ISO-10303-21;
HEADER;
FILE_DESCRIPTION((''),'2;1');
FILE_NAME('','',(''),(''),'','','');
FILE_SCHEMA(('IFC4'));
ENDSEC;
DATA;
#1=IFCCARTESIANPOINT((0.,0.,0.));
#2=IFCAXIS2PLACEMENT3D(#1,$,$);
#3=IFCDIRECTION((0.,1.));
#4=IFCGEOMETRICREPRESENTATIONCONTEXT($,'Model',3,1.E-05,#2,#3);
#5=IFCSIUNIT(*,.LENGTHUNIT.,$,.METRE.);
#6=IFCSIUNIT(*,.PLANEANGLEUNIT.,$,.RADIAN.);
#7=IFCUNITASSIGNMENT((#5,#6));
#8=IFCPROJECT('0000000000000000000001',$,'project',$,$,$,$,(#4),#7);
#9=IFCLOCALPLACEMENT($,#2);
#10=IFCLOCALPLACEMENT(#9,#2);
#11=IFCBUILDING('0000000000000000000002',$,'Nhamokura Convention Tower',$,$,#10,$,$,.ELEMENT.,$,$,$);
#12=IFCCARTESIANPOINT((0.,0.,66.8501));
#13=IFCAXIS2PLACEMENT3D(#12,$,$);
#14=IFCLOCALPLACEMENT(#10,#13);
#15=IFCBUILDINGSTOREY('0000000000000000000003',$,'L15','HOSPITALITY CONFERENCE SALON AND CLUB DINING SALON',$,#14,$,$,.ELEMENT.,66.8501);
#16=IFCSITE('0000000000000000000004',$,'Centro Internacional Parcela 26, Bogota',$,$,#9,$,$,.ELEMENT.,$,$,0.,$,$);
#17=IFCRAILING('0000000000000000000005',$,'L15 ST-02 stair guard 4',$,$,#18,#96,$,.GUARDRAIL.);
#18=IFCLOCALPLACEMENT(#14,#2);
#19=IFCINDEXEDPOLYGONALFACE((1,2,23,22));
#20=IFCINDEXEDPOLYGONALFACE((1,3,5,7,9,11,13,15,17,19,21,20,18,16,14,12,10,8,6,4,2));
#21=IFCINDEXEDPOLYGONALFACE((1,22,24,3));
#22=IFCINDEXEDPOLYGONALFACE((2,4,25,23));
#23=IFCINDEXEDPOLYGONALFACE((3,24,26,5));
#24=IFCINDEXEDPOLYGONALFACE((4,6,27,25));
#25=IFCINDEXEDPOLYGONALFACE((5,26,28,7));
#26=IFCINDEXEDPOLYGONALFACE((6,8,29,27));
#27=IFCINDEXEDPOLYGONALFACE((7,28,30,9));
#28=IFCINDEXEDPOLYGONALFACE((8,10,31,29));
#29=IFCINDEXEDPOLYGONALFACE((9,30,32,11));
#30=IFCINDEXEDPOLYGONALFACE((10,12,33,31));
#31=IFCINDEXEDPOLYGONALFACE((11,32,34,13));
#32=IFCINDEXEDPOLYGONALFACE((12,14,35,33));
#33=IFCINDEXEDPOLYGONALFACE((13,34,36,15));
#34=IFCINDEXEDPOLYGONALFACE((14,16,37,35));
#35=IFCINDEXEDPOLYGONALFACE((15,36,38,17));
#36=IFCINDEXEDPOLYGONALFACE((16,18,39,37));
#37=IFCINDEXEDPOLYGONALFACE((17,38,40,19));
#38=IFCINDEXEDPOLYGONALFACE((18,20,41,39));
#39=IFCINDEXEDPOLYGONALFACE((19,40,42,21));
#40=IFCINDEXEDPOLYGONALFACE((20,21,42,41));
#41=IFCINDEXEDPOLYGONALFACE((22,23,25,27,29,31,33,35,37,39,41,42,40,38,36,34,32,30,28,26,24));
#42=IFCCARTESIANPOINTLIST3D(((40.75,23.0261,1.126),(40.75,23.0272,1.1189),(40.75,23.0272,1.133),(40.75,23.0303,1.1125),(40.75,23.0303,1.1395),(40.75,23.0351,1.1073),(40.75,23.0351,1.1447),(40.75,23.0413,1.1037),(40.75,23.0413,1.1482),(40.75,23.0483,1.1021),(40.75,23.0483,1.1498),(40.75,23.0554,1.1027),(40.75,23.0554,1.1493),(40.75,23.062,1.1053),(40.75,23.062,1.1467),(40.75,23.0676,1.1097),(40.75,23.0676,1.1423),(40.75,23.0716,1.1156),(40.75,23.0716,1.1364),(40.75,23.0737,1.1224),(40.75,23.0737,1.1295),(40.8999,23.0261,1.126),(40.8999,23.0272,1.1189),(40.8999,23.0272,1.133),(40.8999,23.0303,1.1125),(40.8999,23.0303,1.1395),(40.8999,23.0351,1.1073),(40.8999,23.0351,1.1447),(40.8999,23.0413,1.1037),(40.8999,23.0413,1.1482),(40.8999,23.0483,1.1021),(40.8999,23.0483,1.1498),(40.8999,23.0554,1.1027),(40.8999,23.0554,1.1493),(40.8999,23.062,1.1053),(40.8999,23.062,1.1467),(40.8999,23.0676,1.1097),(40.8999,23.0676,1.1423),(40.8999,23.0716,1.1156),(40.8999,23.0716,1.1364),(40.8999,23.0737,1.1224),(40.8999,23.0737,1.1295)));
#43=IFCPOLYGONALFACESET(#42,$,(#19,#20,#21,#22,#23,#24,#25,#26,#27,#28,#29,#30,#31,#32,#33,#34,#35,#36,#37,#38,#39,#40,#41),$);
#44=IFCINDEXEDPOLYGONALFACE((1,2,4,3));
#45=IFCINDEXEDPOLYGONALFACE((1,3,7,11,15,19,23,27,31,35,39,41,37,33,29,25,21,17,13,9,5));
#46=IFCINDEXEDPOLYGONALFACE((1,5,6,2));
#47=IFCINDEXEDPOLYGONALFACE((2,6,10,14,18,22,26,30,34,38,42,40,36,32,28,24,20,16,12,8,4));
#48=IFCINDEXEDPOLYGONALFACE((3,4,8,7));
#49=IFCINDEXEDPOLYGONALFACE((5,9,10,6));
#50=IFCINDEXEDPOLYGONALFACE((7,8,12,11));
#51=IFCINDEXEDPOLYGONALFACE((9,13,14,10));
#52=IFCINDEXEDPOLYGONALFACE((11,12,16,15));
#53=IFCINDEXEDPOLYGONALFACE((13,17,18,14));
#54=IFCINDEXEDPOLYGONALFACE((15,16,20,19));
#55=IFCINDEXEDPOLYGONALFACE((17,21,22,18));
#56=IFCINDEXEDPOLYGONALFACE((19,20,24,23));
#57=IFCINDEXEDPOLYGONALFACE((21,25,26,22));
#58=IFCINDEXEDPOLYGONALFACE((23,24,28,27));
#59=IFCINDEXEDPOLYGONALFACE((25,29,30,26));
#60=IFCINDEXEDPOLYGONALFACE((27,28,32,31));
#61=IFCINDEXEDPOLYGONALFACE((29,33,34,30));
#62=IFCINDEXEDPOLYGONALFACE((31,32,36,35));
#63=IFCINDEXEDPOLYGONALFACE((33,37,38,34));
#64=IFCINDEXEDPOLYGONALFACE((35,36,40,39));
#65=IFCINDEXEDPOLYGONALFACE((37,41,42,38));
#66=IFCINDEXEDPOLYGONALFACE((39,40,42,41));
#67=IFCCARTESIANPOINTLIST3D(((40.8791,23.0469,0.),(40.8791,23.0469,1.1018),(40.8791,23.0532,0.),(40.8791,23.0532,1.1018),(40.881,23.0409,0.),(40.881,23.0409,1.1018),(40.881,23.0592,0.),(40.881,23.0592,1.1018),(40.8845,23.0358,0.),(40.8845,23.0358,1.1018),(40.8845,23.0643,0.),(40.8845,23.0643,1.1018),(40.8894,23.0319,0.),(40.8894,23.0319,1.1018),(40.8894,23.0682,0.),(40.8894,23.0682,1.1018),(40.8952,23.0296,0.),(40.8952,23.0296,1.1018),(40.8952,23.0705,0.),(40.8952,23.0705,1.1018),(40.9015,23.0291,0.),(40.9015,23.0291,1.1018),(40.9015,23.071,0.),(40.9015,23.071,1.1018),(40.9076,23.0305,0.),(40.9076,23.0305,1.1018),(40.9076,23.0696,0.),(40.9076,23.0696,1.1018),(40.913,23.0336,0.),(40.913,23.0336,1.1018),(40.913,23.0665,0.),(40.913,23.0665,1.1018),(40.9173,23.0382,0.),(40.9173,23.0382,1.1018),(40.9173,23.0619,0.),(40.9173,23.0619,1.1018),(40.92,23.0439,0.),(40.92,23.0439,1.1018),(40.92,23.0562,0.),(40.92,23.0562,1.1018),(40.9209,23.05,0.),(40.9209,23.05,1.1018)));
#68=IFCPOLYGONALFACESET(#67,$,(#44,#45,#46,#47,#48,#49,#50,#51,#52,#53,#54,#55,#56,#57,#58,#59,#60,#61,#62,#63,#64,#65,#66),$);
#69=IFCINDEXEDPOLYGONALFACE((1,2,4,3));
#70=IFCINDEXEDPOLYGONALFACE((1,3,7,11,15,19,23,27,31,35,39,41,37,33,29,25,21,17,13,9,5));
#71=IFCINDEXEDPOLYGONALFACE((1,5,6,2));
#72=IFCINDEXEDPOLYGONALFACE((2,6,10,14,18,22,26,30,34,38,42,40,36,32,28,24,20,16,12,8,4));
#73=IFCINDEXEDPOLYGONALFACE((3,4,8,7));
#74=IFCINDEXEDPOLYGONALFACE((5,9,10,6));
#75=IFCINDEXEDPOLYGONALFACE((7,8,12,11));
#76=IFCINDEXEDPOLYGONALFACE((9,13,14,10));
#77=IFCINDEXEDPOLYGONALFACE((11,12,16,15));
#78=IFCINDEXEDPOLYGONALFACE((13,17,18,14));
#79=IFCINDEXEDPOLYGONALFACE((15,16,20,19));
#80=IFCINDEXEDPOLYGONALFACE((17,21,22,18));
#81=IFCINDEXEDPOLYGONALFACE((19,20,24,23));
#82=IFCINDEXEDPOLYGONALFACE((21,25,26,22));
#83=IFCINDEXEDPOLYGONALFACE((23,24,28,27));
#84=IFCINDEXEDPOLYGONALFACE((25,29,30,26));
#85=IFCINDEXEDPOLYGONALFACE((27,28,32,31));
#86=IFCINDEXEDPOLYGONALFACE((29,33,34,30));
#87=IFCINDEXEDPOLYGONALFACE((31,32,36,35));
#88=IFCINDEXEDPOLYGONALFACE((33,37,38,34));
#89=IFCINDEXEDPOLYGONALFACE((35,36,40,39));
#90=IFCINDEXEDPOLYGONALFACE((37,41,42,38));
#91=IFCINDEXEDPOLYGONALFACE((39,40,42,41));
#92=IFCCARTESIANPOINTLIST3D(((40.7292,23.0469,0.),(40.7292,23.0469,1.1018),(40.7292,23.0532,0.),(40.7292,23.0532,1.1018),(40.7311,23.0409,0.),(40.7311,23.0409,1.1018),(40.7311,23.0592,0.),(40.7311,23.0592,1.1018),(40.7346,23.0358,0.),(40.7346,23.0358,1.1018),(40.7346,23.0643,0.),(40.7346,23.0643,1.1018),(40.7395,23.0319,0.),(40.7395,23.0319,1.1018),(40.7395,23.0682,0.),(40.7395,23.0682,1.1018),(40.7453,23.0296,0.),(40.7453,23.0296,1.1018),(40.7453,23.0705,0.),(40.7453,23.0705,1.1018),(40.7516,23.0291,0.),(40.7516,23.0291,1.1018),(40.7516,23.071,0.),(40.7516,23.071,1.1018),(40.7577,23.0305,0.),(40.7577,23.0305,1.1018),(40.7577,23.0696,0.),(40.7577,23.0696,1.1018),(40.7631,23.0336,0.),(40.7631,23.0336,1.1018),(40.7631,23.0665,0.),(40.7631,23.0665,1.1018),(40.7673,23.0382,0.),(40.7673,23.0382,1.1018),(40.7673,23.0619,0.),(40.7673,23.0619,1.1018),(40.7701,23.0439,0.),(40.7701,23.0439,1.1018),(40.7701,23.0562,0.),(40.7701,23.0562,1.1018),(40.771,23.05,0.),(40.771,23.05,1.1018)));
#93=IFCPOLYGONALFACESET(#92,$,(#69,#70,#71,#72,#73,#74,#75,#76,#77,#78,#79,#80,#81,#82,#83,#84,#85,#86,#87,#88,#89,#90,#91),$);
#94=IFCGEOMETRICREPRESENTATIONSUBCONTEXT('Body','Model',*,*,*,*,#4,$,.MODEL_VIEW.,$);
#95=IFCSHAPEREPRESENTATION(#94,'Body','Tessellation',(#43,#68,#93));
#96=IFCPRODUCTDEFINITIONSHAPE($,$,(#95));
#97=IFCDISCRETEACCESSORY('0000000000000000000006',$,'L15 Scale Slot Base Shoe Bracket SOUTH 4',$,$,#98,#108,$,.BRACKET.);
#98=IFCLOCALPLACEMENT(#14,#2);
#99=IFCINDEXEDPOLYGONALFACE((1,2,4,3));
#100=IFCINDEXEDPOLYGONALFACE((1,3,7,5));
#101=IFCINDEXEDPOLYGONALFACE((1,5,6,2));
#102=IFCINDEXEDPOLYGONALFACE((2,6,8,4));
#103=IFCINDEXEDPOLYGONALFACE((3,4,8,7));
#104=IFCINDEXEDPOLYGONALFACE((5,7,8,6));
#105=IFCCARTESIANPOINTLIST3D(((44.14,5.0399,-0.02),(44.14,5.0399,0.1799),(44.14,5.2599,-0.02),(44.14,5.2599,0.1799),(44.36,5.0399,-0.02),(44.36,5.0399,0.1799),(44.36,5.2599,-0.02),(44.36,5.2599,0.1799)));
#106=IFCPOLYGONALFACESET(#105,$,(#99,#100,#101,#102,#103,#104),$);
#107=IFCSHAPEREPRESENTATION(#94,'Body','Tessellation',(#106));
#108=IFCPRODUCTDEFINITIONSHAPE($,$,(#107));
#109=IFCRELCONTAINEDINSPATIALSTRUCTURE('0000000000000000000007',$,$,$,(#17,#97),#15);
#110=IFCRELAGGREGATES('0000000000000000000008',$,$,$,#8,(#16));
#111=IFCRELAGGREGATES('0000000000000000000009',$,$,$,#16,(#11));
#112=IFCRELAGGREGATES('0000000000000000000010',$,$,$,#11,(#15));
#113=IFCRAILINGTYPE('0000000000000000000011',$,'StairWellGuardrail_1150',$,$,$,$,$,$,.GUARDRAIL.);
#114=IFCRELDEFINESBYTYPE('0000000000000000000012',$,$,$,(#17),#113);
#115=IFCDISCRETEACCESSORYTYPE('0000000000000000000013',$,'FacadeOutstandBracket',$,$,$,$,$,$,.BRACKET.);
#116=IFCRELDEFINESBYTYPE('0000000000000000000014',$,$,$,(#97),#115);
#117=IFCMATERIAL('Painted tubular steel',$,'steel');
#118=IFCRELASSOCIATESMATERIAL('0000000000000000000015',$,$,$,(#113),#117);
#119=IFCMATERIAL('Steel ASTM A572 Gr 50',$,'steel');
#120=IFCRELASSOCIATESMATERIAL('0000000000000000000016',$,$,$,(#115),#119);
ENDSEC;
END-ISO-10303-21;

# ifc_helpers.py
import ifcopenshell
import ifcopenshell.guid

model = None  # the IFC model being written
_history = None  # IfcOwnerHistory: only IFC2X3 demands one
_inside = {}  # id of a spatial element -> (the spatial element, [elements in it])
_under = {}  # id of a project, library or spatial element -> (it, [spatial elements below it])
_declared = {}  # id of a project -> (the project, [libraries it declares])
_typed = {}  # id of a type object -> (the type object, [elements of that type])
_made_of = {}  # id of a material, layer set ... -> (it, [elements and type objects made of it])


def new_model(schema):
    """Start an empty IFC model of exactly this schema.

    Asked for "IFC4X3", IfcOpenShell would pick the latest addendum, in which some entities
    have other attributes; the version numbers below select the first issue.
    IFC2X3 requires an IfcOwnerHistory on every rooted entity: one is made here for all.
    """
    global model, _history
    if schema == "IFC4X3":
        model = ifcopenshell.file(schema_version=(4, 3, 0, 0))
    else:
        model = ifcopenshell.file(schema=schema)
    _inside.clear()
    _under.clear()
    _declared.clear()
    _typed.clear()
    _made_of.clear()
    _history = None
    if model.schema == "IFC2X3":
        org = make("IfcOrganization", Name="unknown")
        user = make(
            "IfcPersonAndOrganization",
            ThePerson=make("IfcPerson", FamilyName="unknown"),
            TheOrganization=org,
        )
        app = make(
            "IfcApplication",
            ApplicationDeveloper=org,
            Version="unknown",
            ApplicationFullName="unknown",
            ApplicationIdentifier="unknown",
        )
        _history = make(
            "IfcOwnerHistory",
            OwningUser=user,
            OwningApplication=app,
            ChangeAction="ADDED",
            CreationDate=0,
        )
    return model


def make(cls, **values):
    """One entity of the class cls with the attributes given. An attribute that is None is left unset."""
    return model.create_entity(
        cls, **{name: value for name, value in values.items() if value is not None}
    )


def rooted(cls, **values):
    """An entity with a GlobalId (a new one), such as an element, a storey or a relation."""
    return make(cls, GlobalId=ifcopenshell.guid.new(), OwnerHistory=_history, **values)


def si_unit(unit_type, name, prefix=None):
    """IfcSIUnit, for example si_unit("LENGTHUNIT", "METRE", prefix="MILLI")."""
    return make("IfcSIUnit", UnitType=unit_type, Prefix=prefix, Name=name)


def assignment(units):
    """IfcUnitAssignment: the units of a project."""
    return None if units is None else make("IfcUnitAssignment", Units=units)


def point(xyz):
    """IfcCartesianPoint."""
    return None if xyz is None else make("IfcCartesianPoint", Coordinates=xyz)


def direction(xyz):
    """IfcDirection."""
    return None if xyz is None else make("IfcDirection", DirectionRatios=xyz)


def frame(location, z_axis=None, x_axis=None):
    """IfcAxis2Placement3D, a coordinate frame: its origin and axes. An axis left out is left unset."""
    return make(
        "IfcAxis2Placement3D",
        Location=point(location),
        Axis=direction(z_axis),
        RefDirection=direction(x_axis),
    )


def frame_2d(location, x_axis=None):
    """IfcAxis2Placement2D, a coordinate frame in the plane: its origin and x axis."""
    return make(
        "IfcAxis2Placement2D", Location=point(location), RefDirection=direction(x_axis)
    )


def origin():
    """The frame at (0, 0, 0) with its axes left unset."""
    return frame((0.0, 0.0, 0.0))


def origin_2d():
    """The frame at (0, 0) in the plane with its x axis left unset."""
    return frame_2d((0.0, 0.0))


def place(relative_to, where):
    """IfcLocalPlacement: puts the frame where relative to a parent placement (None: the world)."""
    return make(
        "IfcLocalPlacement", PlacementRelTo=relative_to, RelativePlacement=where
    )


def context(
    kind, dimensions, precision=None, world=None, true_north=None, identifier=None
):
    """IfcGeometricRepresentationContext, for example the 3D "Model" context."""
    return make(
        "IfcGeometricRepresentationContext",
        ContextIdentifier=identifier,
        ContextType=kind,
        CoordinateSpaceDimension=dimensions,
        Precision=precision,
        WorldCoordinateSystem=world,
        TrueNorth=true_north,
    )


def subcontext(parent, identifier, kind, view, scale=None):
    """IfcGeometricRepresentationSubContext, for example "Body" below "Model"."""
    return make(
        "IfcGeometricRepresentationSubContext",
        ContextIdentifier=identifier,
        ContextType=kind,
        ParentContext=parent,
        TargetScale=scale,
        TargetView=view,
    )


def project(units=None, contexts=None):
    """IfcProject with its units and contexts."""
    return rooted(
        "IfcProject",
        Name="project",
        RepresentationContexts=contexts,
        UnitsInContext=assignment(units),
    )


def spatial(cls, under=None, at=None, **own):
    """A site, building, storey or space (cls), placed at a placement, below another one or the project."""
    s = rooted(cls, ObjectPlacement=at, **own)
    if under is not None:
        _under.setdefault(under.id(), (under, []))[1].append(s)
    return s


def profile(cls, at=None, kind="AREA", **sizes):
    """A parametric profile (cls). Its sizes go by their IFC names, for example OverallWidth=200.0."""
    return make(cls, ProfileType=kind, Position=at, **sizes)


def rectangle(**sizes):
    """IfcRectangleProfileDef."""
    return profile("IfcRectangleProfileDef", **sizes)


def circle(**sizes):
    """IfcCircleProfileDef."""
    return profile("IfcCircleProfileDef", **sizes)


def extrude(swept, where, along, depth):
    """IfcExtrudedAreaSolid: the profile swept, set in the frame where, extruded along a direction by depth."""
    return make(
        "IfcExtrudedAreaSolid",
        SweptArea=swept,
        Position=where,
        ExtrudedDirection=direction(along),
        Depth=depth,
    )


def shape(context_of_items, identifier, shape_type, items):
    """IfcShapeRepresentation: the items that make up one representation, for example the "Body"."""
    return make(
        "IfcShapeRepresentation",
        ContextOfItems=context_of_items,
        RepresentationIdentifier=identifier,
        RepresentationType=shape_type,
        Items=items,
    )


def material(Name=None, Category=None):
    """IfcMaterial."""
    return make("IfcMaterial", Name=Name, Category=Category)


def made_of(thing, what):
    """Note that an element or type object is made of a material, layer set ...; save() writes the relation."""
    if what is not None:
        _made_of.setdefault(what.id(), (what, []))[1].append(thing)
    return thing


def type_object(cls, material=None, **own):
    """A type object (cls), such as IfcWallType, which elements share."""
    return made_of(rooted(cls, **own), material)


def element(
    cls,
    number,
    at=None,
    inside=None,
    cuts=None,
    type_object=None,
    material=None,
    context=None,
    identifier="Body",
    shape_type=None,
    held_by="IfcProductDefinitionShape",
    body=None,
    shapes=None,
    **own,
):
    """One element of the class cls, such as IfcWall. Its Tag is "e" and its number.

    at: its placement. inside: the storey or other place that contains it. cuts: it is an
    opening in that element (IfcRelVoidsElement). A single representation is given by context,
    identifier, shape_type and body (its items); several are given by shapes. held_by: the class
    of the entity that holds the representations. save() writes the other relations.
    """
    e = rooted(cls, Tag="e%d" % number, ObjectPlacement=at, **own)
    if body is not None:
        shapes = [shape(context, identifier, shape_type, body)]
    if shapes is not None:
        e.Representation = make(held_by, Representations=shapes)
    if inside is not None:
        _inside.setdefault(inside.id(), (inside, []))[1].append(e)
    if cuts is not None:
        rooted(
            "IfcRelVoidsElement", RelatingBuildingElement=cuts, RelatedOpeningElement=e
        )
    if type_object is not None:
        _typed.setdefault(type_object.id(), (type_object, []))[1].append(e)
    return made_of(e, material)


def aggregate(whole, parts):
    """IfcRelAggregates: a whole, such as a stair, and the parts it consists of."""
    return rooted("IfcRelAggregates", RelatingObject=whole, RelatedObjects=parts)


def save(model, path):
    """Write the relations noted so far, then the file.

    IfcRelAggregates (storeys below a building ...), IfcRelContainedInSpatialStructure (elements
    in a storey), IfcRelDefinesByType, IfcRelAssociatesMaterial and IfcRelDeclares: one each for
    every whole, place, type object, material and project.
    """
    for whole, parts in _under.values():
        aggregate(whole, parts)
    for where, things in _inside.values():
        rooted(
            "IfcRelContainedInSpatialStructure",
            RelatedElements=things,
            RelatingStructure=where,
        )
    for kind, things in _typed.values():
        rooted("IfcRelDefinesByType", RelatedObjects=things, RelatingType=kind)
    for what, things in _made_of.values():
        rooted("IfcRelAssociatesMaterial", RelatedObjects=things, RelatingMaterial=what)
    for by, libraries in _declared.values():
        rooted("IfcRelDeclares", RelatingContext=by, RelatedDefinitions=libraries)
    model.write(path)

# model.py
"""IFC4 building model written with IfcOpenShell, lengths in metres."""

from ifc_helpers import new_model, si_unit, direction, frame, origin, origin_2d, place, context, subcontext, project, spatial, rectangle, circle, extrude, material, type_object, element, save


model = new_model("IFC4")

# Units and contexts
model_context = context("Model", 3, precision=1e-05, world=origin(), true_north=direction((0.0, 1.0)))
body_context = subcontext(model_context, "Body", "Model", "MODEL_VIEW")
ifc_project = project(units=[si_unit("LENGTHUNIT", "METRE"), si_unit("PLANEANGLEUNIT", "RADIAN")], contexts=[model_context])

# Site, building, storey
site_placement = place(None, origin())
site = spatial("IfcSite", under=ifc_project, at=site_placement, Name="Centro Internacional Parcela 26, Bogota", CompositionType="ELEMENT", RefElevation=0.0)
building_placement = place(site_placement, origin())
building = spatial("IfcBuilding", under=site, at=building_placement, Name="Nhamokura Convention Tower", CompositionType="ELEMENT")
storey_placement = place(building_placement, frame((0.0, 0.0, 66.8501)))
storey = spatial("IfcBuildingStorey", under=building, at=storey_placement, Name="L15", Description="HOSPITALITY CONFERENCE SALON AND CLUB DINING SALON", CompositionType="ELEMENT", Elevation=66.8501)

# Railing
ifc_material_1 = material(Name="Painted tubular steel", Category="steel")
railing_type_1 = type_object("IfcRailingType", Name="StairWellGuardrail_1150", PredefinedType="GUARDRAIL", material=ifc_material_1)
railing_1_placement = place(storey_placement, frame((40.8999, 23.05, 0.0)))
element("IfcRailing", 1, at=railing_1_placement, inside=storey, type_object=railing_type_1, Name="L15 ST-02 stair guard 4", PredefinedType="GUARDRAIL", context=body_context, shape_type="SweptSolid", body=[
    extrude(circle(Radius=0.0239, at=origin_2d()), frame((0.0, 0.0, 1.126), z_axis=(-1.0, 0.0, 0.0), x_axis=(0.0, -1.0, 0.0)), (0.0, 0.0, 1.0), 0.1499),
    extrude(circle(Radius=0.021, at=origin_2d()), origin(), (0.0, 0.0, 1.0), 1.1018),
    extrude(circle(Radius=0.021, at=origin_2d()), frame((-0.1499, 0.0, 0.0)), (0.0, 0.0, 1.0), 1.1018),
])

# Discrete accessory
ifc_material_2 = material(Name="Steel ASTM A572 Gr 50", Category="steel")
discrete_accessory_type = type_object("IfcDiscreteAccessoryType", Name="FacadeOutstandBracket", PredefinedType="BRACKET", material=ifc_material_2)
discrete_accessory_placement = place(storey_placement, frame((44.25, 5.1499, -0.02), z_axis=(0.0, 0.0, 1.0), x_axis=(1.0, 0.0, 0.0)))
element("IfcDiscreteAccessory", 2, at=discrete_accessory_placement, inside=storey, type_object=discrete_accessory_type, Name="L15 Scale Slot Base Shoe Bracket SOUTH 4", PredefinedType="BRACKET", context=body_context, shape_type="SweptSolid", body=[
    extrude(rectangle(XDim=0.22, YDim=0.22, at=origin_2d()), origin(), (0.0, 0.0, 1.0), 0.2),
])

save(model, "model.ifc")
